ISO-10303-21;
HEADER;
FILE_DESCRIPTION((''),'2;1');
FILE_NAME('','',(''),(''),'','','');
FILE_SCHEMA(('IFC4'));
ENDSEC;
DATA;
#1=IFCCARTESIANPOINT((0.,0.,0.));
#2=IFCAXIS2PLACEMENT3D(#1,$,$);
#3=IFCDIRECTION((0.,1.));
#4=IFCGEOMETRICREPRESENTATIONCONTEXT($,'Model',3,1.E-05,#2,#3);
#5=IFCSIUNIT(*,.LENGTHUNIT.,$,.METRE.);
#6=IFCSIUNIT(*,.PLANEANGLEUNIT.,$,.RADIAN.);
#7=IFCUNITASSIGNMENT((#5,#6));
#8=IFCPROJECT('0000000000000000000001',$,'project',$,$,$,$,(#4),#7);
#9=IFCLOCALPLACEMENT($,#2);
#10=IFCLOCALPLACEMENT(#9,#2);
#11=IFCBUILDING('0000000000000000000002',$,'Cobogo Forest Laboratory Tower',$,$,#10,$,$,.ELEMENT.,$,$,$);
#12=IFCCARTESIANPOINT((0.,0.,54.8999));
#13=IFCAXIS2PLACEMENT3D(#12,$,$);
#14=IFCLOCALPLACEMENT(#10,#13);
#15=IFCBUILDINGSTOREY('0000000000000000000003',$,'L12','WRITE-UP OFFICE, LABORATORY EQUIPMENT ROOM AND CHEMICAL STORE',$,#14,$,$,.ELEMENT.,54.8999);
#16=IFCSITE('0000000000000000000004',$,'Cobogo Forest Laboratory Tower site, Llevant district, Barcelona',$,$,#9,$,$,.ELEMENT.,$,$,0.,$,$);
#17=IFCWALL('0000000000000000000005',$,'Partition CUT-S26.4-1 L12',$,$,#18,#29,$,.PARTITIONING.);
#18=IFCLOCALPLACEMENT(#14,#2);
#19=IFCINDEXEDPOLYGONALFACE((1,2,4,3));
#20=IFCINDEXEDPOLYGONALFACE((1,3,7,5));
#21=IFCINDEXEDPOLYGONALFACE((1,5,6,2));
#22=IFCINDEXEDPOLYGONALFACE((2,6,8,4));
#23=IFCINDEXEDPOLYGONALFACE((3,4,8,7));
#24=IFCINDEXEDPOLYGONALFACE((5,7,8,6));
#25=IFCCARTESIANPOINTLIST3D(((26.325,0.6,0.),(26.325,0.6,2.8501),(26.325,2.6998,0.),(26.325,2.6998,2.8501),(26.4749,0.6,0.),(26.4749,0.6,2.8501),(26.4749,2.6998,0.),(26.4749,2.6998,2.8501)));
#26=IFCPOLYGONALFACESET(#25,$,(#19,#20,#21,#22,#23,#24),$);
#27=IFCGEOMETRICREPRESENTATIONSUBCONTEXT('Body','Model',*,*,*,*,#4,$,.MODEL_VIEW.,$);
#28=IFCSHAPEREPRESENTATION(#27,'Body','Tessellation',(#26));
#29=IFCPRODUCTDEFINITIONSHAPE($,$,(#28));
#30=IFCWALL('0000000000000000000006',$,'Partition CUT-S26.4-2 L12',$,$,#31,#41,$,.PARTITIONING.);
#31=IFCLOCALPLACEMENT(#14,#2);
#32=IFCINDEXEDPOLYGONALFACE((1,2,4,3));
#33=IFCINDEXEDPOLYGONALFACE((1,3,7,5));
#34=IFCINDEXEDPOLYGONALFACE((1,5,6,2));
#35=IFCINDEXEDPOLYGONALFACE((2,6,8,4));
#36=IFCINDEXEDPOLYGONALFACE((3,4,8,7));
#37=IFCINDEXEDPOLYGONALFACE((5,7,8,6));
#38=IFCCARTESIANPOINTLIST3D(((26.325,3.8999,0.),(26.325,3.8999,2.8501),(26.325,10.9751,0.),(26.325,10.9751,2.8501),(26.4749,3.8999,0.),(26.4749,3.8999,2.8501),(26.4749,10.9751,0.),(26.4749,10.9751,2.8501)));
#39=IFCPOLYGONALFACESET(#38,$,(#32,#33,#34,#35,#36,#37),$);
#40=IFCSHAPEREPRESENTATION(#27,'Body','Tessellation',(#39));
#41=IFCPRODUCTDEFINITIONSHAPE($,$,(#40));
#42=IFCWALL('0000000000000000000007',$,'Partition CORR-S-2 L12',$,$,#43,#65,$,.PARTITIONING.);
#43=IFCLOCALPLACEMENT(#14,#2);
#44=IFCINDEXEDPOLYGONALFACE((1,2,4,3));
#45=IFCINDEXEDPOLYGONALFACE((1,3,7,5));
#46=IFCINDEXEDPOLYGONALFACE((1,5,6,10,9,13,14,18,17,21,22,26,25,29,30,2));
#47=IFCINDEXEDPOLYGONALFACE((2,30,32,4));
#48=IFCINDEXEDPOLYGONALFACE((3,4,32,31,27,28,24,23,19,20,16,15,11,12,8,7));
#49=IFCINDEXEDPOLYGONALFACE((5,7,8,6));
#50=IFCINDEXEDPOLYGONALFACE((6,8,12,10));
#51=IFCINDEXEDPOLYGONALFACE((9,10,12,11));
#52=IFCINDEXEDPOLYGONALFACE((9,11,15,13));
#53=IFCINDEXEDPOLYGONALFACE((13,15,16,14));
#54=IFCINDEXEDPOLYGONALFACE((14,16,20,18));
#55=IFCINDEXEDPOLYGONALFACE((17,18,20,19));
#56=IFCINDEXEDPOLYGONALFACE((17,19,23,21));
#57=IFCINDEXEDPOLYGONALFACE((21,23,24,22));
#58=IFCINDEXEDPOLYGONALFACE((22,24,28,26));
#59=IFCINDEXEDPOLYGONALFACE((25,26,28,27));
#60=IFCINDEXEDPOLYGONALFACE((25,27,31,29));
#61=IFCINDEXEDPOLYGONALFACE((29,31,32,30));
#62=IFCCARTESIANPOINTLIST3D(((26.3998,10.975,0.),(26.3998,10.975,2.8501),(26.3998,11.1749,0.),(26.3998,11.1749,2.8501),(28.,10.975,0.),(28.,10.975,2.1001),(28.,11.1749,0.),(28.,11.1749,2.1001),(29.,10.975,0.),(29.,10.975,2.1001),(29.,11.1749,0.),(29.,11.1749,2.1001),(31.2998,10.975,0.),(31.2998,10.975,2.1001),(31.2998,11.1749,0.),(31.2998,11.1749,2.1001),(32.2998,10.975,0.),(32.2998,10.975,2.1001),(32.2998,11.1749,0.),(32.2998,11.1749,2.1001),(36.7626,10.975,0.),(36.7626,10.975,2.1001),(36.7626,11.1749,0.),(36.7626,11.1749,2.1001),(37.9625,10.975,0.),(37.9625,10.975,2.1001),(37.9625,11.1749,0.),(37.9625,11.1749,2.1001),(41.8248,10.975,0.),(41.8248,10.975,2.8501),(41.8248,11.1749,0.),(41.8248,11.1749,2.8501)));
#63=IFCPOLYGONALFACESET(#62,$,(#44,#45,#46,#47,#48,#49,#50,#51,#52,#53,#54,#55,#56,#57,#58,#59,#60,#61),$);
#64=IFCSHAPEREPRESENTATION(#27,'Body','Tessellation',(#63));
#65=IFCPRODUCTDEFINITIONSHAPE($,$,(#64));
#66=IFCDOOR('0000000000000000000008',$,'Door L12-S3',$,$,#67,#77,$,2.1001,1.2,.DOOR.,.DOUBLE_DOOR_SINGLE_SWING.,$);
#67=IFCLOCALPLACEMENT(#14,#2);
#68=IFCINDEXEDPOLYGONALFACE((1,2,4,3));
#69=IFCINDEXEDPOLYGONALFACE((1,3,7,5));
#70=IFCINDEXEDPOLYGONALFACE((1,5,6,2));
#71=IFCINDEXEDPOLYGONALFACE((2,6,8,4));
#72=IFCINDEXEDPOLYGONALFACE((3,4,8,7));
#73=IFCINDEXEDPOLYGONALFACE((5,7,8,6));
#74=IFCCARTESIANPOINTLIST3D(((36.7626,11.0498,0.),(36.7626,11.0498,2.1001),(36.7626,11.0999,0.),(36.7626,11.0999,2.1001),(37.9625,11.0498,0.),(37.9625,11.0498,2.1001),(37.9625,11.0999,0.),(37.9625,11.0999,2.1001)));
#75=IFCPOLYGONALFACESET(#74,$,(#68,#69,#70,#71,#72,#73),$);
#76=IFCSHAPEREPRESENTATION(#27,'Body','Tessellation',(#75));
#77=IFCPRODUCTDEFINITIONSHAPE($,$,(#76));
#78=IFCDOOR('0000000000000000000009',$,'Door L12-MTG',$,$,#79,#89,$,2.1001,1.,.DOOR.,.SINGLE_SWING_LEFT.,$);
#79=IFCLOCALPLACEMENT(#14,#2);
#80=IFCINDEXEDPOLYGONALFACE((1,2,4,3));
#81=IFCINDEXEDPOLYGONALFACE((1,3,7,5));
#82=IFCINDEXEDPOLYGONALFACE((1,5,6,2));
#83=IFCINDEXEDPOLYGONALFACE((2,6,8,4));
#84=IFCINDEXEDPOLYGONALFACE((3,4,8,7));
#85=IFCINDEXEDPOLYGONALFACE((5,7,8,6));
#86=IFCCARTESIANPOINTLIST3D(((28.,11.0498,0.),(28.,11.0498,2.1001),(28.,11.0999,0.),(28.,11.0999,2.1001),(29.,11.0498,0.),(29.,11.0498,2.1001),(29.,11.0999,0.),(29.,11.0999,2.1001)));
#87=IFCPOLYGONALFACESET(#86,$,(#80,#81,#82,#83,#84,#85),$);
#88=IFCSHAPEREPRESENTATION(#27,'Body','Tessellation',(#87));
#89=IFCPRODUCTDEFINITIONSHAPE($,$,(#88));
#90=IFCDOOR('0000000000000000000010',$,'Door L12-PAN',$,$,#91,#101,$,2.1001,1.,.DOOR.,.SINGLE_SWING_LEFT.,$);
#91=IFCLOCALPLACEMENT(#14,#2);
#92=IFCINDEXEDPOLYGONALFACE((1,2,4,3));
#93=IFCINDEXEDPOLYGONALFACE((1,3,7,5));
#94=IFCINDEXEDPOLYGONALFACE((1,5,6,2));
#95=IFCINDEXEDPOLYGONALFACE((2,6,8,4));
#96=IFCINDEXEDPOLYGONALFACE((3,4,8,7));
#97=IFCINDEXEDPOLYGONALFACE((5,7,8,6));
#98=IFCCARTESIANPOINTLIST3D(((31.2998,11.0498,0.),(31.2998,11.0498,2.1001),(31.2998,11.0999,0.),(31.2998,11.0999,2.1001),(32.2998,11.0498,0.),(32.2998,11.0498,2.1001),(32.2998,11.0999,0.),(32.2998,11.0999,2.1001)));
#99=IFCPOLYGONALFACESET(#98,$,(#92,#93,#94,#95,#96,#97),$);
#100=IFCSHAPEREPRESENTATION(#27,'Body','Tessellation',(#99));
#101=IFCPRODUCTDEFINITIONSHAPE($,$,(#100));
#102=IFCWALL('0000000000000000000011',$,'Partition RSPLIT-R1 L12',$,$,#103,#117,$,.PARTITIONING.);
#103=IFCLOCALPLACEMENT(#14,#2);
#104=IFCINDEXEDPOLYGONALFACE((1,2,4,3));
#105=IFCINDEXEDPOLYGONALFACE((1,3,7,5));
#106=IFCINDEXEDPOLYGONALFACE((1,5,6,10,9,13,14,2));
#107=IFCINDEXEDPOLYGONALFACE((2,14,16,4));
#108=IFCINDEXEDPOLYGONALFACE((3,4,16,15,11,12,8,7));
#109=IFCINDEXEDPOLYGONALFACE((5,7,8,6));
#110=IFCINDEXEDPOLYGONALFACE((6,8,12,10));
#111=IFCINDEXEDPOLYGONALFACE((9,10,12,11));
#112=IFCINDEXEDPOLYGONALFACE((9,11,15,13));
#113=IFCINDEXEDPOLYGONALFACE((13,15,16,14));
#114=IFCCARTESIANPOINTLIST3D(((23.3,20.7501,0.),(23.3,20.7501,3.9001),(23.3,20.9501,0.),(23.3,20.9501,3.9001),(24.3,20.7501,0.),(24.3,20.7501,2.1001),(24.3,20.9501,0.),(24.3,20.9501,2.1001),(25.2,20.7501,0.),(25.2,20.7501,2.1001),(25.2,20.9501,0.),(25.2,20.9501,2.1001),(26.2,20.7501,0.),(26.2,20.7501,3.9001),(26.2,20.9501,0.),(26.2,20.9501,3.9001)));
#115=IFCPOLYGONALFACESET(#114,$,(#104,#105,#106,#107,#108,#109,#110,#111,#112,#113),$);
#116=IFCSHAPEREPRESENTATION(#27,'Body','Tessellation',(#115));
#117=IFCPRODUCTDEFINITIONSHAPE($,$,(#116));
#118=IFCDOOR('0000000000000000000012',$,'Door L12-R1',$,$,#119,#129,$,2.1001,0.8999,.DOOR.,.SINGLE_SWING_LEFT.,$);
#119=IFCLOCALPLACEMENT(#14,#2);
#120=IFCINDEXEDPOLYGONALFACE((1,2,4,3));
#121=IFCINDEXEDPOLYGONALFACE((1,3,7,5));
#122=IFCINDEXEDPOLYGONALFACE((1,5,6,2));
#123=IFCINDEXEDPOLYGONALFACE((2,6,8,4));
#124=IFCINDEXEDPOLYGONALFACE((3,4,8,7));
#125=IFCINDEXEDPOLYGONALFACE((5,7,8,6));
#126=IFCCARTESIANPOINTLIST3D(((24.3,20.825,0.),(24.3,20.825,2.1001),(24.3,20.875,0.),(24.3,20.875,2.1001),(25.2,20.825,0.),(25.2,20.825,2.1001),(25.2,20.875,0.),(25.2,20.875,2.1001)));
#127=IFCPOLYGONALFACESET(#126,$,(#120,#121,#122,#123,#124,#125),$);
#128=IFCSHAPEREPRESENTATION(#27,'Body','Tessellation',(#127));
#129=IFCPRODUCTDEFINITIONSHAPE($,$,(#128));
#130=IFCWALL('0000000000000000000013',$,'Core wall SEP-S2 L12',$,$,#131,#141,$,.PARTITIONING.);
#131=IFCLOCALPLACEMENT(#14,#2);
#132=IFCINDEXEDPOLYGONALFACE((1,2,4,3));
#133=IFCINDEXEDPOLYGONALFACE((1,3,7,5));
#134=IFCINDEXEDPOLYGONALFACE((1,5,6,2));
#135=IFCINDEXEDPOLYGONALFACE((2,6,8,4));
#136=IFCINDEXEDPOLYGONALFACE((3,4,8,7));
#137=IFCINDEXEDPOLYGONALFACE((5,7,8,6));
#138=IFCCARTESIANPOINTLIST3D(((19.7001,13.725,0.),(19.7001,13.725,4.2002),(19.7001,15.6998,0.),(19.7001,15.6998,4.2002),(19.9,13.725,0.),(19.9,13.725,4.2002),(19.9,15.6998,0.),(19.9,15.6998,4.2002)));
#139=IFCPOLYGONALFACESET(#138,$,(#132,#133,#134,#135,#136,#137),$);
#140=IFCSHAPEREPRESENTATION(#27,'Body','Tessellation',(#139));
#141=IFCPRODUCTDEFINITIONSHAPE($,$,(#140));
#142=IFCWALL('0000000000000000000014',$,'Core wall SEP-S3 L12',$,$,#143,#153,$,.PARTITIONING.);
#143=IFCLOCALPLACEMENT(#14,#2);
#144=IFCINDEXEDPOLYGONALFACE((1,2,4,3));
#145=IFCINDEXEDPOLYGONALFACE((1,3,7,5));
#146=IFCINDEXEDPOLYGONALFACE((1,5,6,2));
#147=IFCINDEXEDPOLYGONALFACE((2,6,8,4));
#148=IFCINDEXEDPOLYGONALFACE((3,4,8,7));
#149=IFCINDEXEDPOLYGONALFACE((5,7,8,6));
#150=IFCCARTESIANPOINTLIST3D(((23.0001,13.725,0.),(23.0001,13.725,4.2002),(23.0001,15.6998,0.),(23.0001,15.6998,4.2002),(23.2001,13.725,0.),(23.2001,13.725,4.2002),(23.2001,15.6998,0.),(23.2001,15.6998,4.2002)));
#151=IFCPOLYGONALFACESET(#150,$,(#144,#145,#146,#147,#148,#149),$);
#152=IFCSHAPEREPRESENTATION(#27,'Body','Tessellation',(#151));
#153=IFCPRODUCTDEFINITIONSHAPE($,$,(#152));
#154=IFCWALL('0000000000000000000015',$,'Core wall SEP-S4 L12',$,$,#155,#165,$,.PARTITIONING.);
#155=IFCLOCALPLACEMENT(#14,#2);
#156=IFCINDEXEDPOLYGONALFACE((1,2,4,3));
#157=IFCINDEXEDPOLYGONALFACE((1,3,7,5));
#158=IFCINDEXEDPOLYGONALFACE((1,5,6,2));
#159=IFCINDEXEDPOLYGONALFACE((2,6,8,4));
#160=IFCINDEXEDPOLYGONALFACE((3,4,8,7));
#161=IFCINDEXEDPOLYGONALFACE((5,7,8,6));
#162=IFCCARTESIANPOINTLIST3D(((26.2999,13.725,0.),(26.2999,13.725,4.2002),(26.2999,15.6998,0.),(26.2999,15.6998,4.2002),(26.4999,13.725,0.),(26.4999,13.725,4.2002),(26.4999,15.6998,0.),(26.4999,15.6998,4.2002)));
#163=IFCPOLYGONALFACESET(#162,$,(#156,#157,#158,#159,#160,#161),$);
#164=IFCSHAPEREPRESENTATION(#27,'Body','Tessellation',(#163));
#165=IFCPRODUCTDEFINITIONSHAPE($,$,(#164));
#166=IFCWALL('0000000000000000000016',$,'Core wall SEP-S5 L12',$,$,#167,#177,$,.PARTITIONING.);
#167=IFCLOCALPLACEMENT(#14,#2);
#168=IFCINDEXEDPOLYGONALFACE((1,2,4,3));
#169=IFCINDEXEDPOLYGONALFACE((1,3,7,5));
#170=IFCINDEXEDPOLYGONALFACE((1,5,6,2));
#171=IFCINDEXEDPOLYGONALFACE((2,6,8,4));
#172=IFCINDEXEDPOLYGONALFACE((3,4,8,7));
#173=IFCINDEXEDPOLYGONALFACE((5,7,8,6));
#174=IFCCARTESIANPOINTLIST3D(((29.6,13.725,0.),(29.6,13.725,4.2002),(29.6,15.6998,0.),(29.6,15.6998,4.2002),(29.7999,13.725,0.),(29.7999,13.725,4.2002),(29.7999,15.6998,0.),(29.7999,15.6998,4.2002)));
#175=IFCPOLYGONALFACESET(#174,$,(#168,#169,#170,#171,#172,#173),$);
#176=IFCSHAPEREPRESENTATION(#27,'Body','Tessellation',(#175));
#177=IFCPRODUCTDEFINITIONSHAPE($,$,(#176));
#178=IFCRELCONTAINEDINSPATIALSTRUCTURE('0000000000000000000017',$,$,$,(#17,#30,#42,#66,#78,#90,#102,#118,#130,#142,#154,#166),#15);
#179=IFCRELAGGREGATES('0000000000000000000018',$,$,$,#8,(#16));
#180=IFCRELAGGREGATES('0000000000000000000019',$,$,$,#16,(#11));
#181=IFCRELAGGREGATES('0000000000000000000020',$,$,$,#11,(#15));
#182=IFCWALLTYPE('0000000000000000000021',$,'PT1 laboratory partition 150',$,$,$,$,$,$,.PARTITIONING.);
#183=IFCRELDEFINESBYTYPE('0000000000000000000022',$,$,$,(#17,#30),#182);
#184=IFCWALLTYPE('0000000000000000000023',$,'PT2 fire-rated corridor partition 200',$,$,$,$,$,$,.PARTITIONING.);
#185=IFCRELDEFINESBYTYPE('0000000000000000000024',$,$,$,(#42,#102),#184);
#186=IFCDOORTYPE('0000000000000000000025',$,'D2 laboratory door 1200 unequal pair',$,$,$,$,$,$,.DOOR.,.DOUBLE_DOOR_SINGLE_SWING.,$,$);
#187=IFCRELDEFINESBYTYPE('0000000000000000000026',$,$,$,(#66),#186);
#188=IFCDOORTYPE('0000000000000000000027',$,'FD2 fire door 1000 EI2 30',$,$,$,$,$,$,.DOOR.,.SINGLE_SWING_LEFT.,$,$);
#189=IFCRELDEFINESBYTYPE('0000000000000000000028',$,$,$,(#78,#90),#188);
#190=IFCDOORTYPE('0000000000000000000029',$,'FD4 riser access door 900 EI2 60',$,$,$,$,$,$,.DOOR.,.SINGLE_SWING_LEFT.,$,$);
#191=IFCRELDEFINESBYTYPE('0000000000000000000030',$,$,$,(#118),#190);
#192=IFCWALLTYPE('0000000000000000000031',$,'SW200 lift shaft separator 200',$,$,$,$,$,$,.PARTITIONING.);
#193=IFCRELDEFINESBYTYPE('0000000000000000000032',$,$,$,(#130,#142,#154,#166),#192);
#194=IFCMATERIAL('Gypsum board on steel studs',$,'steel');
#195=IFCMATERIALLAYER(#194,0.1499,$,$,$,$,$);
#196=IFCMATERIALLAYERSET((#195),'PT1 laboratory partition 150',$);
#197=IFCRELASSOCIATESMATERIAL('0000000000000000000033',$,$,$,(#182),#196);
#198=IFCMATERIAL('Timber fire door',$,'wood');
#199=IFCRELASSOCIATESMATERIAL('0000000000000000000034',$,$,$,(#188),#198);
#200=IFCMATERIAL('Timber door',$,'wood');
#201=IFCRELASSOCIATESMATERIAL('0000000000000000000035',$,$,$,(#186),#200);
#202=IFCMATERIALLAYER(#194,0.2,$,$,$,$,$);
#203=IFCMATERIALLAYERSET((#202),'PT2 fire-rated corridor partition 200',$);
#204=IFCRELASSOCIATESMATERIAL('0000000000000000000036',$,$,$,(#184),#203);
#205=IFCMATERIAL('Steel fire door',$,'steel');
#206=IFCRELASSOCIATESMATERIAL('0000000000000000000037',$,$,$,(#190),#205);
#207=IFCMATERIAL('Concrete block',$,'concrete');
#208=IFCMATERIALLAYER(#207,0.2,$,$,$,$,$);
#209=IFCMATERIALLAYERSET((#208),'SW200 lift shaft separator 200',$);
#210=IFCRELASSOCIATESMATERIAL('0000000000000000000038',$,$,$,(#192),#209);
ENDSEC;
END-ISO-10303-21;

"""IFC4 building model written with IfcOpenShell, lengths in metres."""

from ifc_helpers import new_model, si_unit, direction, frame, frame_2d, origin, place, context, subcontext, project, spatial, rectangle, extrude, material, layer, layer_set, type_object, element, fill, save


model = new_model("IFC4")

# Units and contexts
model_context = context("Model", 3, precision=1e-05, world=origin(), true_north=direction((0.0, 1.0)))
body_context = subcontext(model_context, "Body", "Model", "MODEL_VIEW")
ifc_project = project(units=[si_unit("LENGTHUNIT", "METRE"), si_unit("PLANEANGLEUNIT", "RADIAN")], contexts=[model_context])

# Site, building, storey
site_placement = place(None, origin())
site = spatial("IfcSite", under=ifc_project, at=site_placement, Name="Cobogo Forest Laboratory Tower site, Llevant district, Barcelona", CompositionType="ELEMENT", RefElevation=0.0)
building_placement = place(site_placement, origin())
building = spatial("IfcBuilding", under=site, at=building_placement, Name="Cobogo Forest Laboratory Tower", CompositionType="ELEMENT")
storey_placement = place(building_placement, frame((0.0, 0.0, 54.8999)))
storey = spatial("IfcBuildingStorey", under=building, at=storey_placement, Name="L12", Description="WRITE-UP OFFICE, LABORATORY EQUIPMENT ROOM AND CHEMICAL STORE", CompositionType="ELEMENT", Elevation=54.8999)

# Shared definitions
ifc_material_1 = material(Name="Gypsum board on steel studs", Category="steel")
ifc_layer_1 = layer(ifc_material_1, 0.1499)
ifc_layer_set_1 = layer_set([ifc_layer_1], Name="PT1 laboratory partition 150")
wall_type_1 = type_object("IfcWallType", Name="PT1 laboratory partition 150", PredefinedType="PARTITIONING", material=ifc_layer_set_1)
ifc_material_2 = material(Name="Timber fire door", Category="wood")
door_type_1 = type_object("IfcDoorType", Name="FD2 fire door 1000 EI2 30", OperationType="SINGLE_SWING_LEFT", PredefinedType="DOOR", material=ifc_material_2)
ifc_material_3 = material(Name="Timber door", Category="wood")
door_type_2 = type_object("IfcDoorType", Name="D2 laboratory door 1200 unequal pair", OperationType="DOUBLE_DOOR_SINGLE_SWING", PredefinedType="DOOR", material=ifc_material_3)

# Walls
wall_1_placement = place(storey_placement, frame((26.3999, 0.6001, 0.0), z_axis=(0.0, 0.0, 1.0), x_axis=(0.0, 1.0, 0.0)))
element("IfcWall", 1, at=wall_1_placement, inside=storey, type_object=wall_type_1, Name="Partition CUT-S26.4-1 L12", PredefinedType="PARTITIONING", context=body_context, shape_type="SweptSolid", body=[
    extrude(rectangle(XDim=2.0999, YDim=0.1499, at=frame_2d((1.0498, 0.0))), origin(), (0.0, 0.0, 1.0), 2.8501),
])
wall_2_placement = place(storey_placement, frame((26.3999, 3.8999, 0.0), z_axis=(0.0, 0.0, 1.0), x_axis=(0.0, 1.0, 0.0)))
element("IfcWall", 2, at=wall_2_placement, inside=storey, type_object=wall_type_1, Name="Partition CUT-S26.4-2 L12", PredefinedType="PARTITIONING", context=body_context, shape_type="SweptSolid", body=[
    extrude(rectangle(XDim=7.0752, YDim=0.1499, at=frame_2d((3.5376, 0.0))), origin(), (0.0, 0.0, 1.0), 2.8501),
])

# Wall, openings, doors
ifc_layer_2 = layer(ifc_material_1, 0.2)
ifc_layer_set_2 = layer_set([ifc_layer_2], Name="PT2 fire-rated corridor partition 200")
wall_type_2 = type_object("IfcWallType", Name="PT2 fire-rated corridor partition 200", PredefinedType="PARTITIONING", material=ifc_layer_set_2)
wall_3_placement = place(storey_placement, frame((26.3999, 11.075, 0.0), z_axis=(0.0, 0.0, 1.0), x_axis=(1.0, 0.0, 0.0)))
wall_3 = element("IfcWall", 3, at=wall_3_placement, inside=storey, type_object=wall_type_2, Name="Partition CORR-S-2 L12", PredefinedType="PARTITIONING", context=body_context, shape_type="SweptSolid", body=[
    extrude(rectangle(XDim=15.425, YDim=0.2, at=frame_2d((7.7124, 0.0))), origin(), (0.0, 0.0, 1.0), 2.8501),
])
opening_1_placement = place(wall_3_placement, frame((1.6001, 0.0, 0.0)))
opening_1 = element("IfcOpeningElement", 4, at=opening_1_placement, cuts=wall_3, PredefinedType="OPENING", context=body_context, shape_type="SweptSolid", body=[
    extrude(rectangle(XDim=1.0, YDim=2.1001, at=frame_2d((0.5, 1.05))), frame((0.0, 0.1099, 0.0), z_axis=(0.0, -1.0, 0.0), x_axis=(1.0, 0.0, 0.0)), (0.0, 0.0, 1.0), 0.22),
])
opening_2_placement = place(wall_3_placement, frame((4.8999, 0.0, 0.0)))
opening_2 = element("IfcOpeningElement", 5, at=opening_2_placement, cuts=wall_3, PredefinedType="OPENING", context=body_context, shape_type="SweptSolid", body=[
    extrude(rectangle(XDim=1.0, YDim=2.1001, at=frame_2d((0.5, 1.05))), frame((0.0, 0.1099, 0.0), z_axis=(0.0, -1.0, 0.0), x_axis=(1.0, 0.0, 0.0)), (0.0, 0.0, 1.0), 0.22),
])
opening_3_placement = place(wall_3_placement, frame((10.3625, 0.0, 0.0)))
opening_3 = element("IfcOpeningElement", 6, at=opening_3_placement, cuts=wall_3, PredefinedType="OPENING", context=body_context, shape_type="SweptSolid", body=[
    extrude(rectangle(XDim=1.2, YDim=2.1001, at=frame_2d((0.6001, 1.05))), frame((0.0, 0.1099, 0.0), z_axis=(0.0, -1.0, 0.0), x_axis=(1.0, 0.0, 0.0)), (0.0, 0.0, 1.0), 0.22),
])
door_1_placement = place(opening_3_placement, origin())
door_1 = element("IfcDoor", 7, at=door_1_placement, inside=storey, type_object=door_type_2, Name="Door L12-S3", OperationType="DOUBLE_DOOR_SINGLE_SWING", OverallHeight=2.1001, OverallWidth=1.2, PredefinedType="DOOR", context=body_context, shape_type="SweptSolid", body=[
    extrude(rectangle(XDim=1.2, YDim=2.1001, at=frame_2d((0.6001, 1.05))), frame((0.0, 0.0249, 0.0), z_axis=(0.0, -1.0, 0.0), x_axis=(1.0, 0.0, 0.0)), (0.0, 0.0, 1.0), 0.05),
])
fill(opening_3, door_1)
door_2_placement = place(opening_1_placement, origin())
door_2 = element("IfcDoor", 8, at=door_2_placement, inside=storey, type_object=door_type_1, Name="Door L12-MTG", OperationType="SINGLE_SWING_LEFT", OverallHeight=2.1001, OverallWidth=1.0, PredefinedType="DOOR", context=body_context, shape_type="SweptSolid", body=[
    extrude(rectangle(XDim=1.0, YDim=2.1001, at=frame_2d((0.5, 1.05))), frame((0.0, 0.0249, 0.0), z_axis=(0.0, -1.0, 0.0), x_axis=(1.0, 0.0, 0.0)), (0.0, 0.0, 1.0), 0.05),
])
fill(opening_1, door_2)
door_3_placement = place(opening_2_placement, origin())
door_3 = element("IfcDoor", 9, at=door_3_placement, inside=storey, type_object=door_type_1, Name="Door L12-PAN", OperationType="SINGLE_SWING_LEFT", OverallHeight=2.1001, OverallWidth=1.0, PredefinedType="DOOR", context=body_context, shape_type="SweptSolid", body=[
    extrude(rectangle(XDim=1.0, YDim=2.1001, at=frame_2d((0.5, 1.05))), frame((0.0, 0.0249, 0.0), z_axis=(0.0, -1.0, 0.0), x_axis=(1.0, 0.0, 0.0)), (0.0, 0.0, 1.0), 0.05),
])
fill(opening_2, door_3)

# Wall, opening, door
wall_4_placement = place(storey_placement, frame((23.3, 20.8501, 0.0), z_axis=(0.0, 0.0, 1.0), x_axis=(1.0, 0.0, 0.0)))
wall_4 = element("IfcWall", 10, at=wall_4_placement, inside=storey, type_object=wall_type_2, Name="Partition RSPLIT-R1 L12", PredefinedType="PARTITIONING", context=body_context, shape_type="SweptSolid", body=[
    extrude(rectangle(XDim=2.8999, YDim=0.2, at=frame_2d((1.45, 0.0))), origin(), (0.0, 0.0, 1.0), 3.9001),
])
opening_4_placement = place(wall_4_placement, frame((1.0, 0.0, 0.0)))
opening_4 = element("IfcOpeningElement", 11, at=opening_4_placement, cuts=wall_4, PredefinedType="OPENING", context=body_context, shape_type="SweptSolid", body=[
    extrude(rectangle(XDim=0.8999, YDim=2.1001, at=frame_2d((0.45, 1.05))), frame((0.0, 0.1099, 0.0), z_axis=(0.0, -1.0, 0.0), x_axis=(1.0, 0.0, 0.0)), (0.0, 0.0, 1.0), 0.22),
])
ifc_material_4 = material(Name="Steel fire door", Category="steel")
door_type_3 = type_object("IfcDoorType", Name="FD4 riser access door 900 EI2 60", OperationType="SINGLE_SWING_LEFT", PredefinedType="DOOR", material=ifc_material_4)
door_4_placement = place(opening_4_placement, origin())
door_4 = element("IfcDoor", 12, at=door_4_placement, inside=storey, type_object=door_type_3, Name="Door L12-R1", OperationType="SINGLE_SWING_LEFT", OverallHeight=2.1001, OverallWidth=0.8999, PredefinedType="DOOR", context=body_context, shape_type="SweptSolid", body=[
    extrude(rectangle(XDim=0.8999, YDim=2.1001, at=frame_2d((0.45, 1.05))), frame((0.0, 0.0249, 0.0), z_axis=(0.0, -1.0, 0.0), x_axis=(1.0, 0.0, 0.0)), (0.0, 0.0, 1.0), 0.05),
])
fill(opening_4, door_4)

# Walls
ifc_material_5 = material(Name="Concrete block", Category="concrete")
ifc_layer_3 = layer(ifc_material_5, 0.2)
ifc_layer_set_3 = layer_set([ifc_layer_3], Name="SW200 lift shaft separator 200")
wall_type_3 = type_object("IfcWallType", Name="SW200 lift shaft separator 200", PredefinedType="PARTITIONING", material=ifc_layer_set_3)
for number, where, z_axis, x_axis, name in (
    (13, (19.8, 13.7251, 0.0), (0.0, 0.0, 1.0), (0.0, 1.0, 0.0), "Core wall SEP-S2 L12"),
    (14, (23.1001, 13.7251, 0.0), (0.0, 0.0, 1.0), (0.0, 1.0, 0.0), "Core wall SEP-S3 L12"),
    (15, (26.3999, 13.7251, 0.0), (0.0, 0.0, 1.0), (0.0, 1.0, 0.0), "Core wall SEP-S4 L12"),
    (16, (29.7, 13.7251, 0.0), (0.0, 0.0, 1.0), (0.0, 1.0, 0.0), "Core wall SEP-S5 L12"),
):
    element("IfcWall", number, at=place(storey_placement, frame(where, z_axis=z_axis, x_axis=x_axis)), inside=storey, type_object=wall_type_3, Name=name, PredefinedType="PARTITIONING", context=body_context, shape_type="SweptSolid", body=[
        extrude(rectangle(XDim=1.9749, YDim=0.2, at=frame_2d((0.9873, 0.0))), origin(), (0.0, 0.0, 1.0), 4.2002),
    ])

save(model, "model.ifc")
